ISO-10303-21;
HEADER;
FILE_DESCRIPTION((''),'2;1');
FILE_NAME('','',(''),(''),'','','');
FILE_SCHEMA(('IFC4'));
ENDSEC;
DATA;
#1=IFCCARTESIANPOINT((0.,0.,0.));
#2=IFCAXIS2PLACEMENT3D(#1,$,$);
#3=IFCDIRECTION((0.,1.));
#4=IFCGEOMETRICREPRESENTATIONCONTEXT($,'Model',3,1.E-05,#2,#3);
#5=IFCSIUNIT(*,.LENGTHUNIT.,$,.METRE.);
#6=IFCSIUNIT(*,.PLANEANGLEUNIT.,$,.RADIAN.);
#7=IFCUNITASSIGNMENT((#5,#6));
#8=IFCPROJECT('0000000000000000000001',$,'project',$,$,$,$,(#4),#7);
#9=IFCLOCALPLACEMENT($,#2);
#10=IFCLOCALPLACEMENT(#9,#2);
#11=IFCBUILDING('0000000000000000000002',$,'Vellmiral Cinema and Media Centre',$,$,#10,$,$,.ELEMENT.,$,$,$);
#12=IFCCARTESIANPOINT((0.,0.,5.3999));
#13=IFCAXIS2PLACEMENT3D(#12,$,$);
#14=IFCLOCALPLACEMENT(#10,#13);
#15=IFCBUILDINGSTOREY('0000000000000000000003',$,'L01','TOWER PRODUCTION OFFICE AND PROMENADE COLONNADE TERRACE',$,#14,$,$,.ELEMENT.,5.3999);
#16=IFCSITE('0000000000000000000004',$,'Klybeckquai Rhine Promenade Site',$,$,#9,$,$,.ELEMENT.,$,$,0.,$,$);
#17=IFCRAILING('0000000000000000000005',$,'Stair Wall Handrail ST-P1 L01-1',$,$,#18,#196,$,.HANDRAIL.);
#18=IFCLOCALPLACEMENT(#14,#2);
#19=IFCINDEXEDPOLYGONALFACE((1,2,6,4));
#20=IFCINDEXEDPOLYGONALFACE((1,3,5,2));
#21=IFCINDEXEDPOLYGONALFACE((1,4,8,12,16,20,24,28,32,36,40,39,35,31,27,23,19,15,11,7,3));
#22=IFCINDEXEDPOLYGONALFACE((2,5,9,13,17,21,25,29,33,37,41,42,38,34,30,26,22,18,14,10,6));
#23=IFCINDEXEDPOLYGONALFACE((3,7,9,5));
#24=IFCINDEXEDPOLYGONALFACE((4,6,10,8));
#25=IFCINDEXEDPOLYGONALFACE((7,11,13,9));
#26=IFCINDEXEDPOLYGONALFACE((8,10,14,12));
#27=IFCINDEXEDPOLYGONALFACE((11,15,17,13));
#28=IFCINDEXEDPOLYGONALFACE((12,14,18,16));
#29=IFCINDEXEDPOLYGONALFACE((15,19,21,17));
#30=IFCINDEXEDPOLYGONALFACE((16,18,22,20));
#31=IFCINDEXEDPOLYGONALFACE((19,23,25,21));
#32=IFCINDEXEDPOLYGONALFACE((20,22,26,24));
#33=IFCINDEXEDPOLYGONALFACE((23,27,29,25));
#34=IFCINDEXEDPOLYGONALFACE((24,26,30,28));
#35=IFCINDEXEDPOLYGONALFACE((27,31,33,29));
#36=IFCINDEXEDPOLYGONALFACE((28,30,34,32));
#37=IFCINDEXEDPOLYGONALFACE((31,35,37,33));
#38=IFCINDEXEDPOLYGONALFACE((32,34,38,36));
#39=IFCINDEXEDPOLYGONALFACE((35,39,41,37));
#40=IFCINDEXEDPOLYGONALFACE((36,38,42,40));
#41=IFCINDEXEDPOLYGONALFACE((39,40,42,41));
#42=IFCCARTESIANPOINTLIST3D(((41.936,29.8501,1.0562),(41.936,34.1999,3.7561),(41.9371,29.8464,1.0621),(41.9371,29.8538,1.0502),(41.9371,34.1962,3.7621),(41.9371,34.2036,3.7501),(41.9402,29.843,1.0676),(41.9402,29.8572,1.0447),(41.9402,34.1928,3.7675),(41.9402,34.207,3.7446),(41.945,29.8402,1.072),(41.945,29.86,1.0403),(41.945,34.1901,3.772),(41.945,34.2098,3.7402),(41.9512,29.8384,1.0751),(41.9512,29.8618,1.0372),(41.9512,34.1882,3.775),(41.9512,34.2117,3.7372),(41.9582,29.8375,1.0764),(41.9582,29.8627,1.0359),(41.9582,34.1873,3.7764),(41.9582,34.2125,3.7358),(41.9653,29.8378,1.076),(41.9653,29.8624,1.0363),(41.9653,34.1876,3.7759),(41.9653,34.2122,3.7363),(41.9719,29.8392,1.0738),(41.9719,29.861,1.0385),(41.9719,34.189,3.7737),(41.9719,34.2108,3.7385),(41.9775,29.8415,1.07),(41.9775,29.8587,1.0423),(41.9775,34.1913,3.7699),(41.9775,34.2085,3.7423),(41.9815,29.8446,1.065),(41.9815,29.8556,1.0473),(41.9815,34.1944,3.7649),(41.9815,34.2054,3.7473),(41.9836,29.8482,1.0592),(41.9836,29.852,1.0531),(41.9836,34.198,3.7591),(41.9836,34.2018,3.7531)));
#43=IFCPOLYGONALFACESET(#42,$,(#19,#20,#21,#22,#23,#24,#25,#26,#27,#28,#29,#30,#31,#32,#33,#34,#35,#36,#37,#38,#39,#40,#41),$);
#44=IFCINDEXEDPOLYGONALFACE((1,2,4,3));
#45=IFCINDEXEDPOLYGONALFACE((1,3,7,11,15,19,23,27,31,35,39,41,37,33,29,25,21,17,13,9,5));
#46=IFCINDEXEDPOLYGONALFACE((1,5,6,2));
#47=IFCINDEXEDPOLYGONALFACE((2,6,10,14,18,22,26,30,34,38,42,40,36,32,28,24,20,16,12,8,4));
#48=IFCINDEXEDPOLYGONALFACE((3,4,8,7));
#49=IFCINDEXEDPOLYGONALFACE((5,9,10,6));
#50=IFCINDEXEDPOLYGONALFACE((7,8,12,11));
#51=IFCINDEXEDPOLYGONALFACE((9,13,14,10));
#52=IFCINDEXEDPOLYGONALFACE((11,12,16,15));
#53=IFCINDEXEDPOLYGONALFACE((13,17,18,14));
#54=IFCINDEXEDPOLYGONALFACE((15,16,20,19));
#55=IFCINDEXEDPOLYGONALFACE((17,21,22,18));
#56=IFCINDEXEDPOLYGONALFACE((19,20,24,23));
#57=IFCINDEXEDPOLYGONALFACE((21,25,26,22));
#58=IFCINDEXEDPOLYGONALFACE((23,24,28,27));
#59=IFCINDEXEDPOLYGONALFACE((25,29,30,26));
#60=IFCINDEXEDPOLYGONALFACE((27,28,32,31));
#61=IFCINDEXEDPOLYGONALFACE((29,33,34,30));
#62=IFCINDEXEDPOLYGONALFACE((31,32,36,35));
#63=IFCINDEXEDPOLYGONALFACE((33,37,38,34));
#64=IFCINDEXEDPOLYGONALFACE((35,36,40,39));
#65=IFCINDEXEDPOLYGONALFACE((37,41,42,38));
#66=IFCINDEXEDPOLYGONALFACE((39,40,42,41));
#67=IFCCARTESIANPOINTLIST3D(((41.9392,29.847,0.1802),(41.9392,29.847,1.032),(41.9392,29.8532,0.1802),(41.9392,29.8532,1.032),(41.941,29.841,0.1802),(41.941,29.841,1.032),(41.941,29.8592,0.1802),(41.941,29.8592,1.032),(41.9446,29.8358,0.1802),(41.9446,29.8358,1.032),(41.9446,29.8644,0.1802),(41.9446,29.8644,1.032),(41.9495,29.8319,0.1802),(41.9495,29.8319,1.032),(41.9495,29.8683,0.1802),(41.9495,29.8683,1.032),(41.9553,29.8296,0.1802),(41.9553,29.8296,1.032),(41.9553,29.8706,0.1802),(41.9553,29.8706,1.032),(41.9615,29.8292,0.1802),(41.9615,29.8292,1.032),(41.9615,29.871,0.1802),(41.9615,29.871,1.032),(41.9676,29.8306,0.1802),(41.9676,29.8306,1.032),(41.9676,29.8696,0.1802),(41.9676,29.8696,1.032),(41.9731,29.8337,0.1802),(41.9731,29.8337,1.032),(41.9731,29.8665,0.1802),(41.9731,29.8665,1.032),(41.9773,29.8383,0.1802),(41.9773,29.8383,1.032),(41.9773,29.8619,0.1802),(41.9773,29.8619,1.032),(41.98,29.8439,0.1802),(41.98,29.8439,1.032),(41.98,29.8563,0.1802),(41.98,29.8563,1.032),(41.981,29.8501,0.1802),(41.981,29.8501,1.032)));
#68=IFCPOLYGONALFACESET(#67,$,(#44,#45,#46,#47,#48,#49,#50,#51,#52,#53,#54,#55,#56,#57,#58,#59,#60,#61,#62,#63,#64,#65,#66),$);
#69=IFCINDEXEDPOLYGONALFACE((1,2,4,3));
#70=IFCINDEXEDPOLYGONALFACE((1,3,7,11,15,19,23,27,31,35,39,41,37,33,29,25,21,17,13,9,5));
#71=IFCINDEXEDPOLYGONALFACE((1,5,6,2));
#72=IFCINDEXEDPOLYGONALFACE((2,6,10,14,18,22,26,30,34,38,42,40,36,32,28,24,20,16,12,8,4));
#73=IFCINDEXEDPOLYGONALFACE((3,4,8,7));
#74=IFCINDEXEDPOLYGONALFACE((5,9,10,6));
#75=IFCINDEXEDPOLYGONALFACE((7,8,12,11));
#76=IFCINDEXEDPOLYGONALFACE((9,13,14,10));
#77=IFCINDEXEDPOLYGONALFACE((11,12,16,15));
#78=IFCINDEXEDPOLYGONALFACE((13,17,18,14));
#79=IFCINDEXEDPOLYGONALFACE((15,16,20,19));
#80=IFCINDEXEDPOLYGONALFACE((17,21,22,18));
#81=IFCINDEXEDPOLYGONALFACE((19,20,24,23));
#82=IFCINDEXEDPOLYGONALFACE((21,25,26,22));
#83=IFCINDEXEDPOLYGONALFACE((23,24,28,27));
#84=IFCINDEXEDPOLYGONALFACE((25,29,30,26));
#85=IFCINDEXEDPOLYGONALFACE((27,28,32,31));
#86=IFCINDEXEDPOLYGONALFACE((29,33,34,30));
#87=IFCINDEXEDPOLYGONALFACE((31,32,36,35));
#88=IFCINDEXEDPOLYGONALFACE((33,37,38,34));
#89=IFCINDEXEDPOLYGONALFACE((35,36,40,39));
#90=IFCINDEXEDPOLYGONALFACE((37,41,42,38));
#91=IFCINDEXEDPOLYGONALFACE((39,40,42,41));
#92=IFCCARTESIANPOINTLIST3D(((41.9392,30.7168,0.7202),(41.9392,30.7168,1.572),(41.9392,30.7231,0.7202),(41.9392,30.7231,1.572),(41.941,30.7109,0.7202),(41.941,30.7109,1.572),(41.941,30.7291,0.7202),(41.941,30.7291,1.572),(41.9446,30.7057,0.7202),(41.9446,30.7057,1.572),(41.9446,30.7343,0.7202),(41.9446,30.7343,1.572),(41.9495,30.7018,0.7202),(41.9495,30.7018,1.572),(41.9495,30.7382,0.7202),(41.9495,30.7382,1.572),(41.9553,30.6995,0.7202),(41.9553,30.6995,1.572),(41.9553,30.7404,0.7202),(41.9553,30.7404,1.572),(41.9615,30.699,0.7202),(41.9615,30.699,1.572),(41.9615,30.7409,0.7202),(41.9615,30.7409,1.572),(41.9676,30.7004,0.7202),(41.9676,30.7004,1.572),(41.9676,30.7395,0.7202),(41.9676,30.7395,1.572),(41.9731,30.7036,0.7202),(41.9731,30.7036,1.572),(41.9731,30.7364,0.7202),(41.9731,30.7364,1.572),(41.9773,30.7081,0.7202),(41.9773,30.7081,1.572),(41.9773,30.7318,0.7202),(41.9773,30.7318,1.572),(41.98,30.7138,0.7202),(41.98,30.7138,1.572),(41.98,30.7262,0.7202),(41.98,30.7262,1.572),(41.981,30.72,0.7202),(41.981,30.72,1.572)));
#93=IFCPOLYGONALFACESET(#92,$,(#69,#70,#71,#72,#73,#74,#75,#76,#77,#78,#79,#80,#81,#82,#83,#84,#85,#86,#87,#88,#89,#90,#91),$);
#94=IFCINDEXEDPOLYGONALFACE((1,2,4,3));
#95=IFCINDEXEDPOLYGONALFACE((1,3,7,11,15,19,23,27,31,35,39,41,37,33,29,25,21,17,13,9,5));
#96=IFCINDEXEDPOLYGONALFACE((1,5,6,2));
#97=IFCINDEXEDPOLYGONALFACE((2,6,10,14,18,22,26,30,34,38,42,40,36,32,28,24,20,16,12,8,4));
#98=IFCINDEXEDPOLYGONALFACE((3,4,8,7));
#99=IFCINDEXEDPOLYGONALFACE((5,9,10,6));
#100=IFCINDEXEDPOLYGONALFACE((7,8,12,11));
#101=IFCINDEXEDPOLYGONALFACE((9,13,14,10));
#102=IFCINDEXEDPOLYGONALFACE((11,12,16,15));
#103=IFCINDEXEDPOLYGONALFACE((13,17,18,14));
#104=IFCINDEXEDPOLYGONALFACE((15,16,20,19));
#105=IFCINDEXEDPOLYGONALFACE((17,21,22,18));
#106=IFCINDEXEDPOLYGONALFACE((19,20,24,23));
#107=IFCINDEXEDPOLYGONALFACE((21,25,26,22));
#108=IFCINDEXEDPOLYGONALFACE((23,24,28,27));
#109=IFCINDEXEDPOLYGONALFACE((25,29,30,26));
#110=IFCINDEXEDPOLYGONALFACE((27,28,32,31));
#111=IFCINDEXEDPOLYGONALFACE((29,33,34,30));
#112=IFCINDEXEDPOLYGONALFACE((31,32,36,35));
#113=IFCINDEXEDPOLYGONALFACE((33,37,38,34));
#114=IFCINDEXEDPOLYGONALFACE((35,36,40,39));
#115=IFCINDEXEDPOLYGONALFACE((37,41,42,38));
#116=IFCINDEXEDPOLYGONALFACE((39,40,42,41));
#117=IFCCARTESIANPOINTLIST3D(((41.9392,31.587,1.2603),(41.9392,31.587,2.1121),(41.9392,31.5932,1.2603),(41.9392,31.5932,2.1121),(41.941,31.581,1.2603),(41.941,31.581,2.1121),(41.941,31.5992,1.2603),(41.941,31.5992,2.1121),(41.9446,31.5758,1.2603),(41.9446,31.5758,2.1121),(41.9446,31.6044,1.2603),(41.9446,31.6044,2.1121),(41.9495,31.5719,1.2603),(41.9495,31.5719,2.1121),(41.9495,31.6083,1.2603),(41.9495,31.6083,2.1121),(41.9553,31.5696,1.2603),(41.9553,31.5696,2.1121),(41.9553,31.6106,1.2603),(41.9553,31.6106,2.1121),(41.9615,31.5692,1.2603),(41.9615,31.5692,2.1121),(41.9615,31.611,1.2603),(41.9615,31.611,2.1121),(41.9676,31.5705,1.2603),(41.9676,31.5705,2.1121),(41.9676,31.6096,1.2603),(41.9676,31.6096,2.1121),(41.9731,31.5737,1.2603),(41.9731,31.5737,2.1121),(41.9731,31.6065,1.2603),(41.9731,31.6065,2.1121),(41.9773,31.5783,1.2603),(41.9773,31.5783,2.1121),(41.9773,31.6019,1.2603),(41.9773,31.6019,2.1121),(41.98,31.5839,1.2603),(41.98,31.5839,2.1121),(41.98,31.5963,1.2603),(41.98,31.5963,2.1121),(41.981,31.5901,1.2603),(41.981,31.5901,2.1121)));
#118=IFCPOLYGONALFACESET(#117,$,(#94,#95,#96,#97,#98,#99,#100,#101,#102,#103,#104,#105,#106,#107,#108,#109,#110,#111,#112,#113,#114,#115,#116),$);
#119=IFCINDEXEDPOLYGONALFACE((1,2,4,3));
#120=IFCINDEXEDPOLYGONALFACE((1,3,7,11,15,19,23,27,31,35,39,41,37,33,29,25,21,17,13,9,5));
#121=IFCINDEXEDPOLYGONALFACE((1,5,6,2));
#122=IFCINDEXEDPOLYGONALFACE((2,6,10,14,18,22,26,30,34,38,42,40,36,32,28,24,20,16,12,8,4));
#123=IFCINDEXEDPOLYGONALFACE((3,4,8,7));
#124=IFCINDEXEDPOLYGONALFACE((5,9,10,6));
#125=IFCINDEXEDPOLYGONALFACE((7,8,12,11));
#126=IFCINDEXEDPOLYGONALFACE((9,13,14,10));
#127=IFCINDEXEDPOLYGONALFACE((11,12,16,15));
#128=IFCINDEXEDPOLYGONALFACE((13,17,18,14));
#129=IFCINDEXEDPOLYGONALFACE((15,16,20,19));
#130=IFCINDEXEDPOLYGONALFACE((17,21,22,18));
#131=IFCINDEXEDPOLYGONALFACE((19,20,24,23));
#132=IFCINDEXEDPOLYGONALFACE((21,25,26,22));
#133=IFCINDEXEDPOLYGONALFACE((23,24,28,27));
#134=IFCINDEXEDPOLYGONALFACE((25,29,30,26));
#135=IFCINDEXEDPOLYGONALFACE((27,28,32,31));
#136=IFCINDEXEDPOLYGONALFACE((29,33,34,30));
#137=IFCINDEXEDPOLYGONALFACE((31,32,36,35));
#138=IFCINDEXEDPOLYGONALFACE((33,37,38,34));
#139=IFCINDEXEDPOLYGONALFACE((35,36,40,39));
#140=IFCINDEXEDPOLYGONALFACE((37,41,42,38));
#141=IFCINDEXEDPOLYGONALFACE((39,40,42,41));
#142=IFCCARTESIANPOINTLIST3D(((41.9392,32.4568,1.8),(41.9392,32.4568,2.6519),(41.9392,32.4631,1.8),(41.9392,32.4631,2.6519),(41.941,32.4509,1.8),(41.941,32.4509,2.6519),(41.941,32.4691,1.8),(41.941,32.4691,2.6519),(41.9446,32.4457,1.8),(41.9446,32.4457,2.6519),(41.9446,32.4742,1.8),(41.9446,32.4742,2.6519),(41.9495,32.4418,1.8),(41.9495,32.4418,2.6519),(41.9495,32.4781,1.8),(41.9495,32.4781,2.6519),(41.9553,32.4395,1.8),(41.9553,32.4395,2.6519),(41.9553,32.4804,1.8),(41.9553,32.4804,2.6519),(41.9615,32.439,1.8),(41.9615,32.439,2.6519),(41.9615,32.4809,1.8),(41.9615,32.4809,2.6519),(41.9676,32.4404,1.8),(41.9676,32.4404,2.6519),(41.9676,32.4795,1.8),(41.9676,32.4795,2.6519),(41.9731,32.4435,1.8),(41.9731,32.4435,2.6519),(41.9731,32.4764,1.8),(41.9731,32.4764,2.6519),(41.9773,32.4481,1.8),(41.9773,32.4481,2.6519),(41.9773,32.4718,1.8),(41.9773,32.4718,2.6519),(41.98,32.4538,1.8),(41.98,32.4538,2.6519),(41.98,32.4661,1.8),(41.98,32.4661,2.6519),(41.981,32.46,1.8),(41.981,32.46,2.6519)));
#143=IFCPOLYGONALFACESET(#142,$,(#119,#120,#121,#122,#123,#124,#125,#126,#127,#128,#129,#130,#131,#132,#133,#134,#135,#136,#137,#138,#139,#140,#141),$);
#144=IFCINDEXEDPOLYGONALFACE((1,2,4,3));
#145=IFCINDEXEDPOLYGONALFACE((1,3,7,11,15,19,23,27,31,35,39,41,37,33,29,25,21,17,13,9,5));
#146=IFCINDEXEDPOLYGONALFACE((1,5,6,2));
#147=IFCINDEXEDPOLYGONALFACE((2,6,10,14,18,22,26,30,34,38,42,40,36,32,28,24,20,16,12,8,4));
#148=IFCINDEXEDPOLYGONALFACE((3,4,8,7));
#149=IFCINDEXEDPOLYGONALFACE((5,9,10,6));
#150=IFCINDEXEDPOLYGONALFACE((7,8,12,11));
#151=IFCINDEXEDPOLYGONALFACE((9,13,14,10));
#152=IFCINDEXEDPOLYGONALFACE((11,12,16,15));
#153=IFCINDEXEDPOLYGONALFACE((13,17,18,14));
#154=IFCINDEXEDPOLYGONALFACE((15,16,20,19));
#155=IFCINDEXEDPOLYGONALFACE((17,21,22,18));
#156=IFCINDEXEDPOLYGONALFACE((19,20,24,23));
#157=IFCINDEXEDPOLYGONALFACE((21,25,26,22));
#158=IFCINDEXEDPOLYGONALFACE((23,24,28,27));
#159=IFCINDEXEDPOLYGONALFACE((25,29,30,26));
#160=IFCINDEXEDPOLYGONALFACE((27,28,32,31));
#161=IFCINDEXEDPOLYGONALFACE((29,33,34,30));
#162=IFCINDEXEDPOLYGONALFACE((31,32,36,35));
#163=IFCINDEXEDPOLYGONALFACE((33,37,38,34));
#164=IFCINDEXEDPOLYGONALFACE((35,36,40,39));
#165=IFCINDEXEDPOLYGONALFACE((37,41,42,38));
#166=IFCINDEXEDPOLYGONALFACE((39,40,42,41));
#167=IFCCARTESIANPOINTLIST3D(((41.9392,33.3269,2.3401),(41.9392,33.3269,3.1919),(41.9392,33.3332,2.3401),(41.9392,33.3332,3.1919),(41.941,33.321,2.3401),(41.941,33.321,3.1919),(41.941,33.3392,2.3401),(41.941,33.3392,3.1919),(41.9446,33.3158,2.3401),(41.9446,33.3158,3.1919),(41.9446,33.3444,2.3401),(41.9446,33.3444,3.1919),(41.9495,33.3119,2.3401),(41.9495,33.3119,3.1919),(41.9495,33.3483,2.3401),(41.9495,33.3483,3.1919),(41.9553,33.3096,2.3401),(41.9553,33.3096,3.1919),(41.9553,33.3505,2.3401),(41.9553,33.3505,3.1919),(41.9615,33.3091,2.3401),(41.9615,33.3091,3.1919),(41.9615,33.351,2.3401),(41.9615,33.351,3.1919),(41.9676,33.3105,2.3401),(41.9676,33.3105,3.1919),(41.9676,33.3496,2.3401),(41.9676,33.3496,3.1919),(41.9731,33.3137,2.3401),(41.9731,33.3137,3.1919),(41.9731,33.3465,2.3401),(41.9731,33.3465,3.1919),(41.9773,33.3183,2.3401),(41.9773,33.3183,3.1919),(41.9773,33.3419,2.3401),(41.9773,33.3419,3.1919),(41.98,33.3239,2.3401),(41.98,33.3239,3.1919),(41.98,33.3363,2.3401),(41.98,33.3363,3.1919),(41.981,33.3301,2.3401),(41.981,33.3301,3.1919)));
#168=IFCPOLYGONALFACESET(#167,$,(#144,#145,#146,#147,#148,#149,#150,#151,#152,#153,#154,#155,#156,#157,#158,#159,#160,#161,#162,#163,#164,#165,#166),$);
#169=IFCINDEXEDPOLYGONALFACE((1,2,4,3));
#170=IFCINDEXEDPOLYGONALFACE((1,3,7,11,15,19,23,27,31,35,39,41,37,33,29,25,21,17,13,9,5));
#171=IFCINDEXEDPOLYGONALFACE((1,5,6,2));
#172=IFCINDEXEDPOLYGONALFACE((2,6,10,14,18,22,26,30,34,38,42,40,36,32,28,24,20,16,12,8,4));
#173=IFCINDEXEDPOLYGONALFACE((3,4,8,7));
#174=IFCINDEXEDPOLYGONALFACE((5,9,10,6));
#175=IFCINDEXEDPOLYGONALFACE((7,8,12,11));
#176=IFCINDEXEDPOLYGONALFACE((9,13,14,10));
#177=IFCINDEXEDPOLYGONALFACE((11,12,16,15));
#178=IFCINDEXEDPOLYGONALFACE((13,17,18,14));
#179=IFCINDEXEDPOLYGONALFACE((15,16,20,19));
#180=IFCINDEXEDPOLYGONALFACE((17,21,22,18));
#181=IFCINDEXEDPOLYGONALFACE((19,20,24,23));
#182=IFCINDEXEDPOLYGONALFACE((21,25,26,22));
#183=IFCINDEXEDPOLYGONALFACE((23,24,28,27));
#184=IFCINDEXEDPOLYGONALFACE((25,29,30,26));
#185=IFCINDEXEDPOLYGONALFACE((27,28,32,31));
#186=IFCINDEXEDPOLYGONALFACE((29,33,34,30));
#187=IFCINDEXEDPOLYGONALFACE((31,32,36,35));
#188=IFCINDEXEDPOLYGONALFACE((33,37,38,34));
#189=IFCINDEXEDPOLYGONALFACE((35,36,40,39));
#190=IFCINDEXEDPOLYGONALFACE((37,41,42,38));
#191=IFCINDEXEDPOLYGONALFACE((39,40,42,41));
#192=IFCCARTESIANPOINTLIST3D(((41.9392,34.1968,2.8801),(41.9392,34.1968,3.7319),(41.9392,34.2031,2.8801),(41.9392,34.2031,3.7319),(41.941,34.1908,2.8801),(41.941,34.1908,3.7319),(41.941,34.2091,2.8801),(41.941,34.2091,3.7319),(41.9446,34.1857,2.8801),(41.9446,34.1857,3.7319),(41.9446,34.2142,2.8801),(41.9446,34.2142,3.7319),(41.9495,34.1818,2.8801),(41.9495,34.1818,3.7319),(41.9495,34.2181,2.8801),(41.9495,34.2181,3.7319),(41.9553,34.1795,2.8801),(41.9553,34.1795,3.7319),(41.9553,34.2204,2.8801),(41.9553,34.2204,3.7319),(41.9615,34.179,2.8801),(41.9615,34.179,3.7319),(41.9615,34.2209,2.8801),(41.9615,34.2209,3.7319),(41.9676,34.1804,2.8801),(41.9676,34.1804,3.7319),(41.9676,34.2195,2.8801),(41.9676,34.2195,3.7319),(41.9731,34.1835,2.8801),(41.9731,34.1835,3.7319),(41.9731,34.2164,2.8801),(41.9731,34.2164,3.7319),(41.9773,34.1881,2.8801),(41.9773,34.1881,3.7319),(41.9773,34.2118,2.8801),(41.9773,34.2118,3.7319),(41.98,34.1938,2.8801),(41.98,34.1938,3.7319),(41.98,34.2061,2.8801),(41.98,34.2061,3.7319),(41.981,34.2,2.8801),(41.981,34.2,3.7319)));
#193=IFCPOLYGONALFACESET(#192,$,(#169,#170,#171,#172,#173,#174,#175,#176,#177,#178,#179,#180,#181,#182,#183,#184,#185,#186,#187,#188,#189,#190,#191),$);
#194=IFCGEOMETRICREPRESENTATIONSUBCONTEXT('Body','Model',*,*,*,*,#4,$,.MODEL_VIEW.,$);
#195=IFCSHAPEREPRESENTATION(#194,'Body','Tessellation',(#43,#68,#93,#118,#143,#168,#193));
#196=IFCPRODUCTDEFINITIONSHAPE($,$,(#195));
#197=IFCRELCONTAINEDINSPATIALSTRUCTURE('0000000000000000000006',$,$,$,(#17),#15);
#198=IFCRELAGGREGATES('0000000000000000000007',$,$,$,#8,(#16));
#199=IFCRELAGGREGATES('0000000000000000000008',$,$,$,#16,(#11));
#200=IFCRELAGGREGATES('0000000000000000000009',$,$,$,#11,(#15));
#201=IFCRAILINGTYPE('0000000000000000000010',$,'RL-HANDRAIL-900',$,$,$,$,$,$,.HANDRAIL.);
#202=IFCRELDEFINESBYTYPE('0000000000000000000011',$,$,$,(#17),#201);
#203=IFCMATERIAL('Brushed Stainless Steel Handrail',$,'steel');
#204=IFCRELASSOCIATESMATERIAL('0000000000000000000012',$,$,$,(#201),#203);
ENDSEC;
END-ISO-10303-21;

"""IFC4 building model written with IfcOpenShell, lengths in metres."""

from ifc_helpers import new_model, si_unit, direction, frame, origin, origin_2d, place, context, subcontext, project, spatial, circle, extrude, material, type_object, element, save


model = new_model("IFC4")

# Units and contexts
model_context = context("Model", 3, precision=1e-05, world=origin(), true_north=direction((0.0, 1.0)))
body_context = subcontext(model_context, "Body", "Model", "MODEL_VIEW")
ifc_project = project(units=[si_unit("LENGTHUNIT", "METRE"), si_unit("PLANEANGLEUNIT", "RADIAN")], contexts=[model_context])

# Site, building, storey
site_placement = place(None, origin())
site = spatial("IfcSite", under=ifc_project, at=site_placement, Name="Klybeckquai Rhine Promenade Site", CompositionType="ELEMENT", RefElevation=0.0)
building_placement = place(site_placement, origin())
building = spatial("IfcBuilding", under=site, at=building_placement, Name="Vellmiral Cinema and Media Centre", CompositionType="ELEMENT")
storey_placement = place(building_placement, frame((0.0, 0.0, 5.3999)))
storey = spatial("IfcBuildingStorey", under=building, at=storey_placement, Name="L01", Description="TOWER PRODUCTION OFFICE AND PROMENADE COLONNADE TERRACE", CompositionType="ELEMENT", Elevation=5.3999)

# Railing
ifc_material_1 = material(Name="Brushed Stainless Steel Handrail", Category="steel")
railing_type_1 = type_object("IfcRailingType", Name="RL-HANDRAIL-900", PredefinedType="HANDRAIL", material=ifc_material_1)
railing_1_placement = place(storey_placement, frame((41.96, 29.8501, 0.1802)))
element("IfcRailing", 1, at=railing_1_placement, inside=storey, type_object=railing_type_1, Name="Stair Wall Handrail ST-P1 L01-1", PredefinedType="HANDRAIL", context=body_context, shape_type="SweptSolid", body=[
    extrude(circle(Radius=0.0239, at=origin_2d()), frame((0.0, 0.0, 0.876), z_axis=(0.0, 0.849636, 0.527369), x_axis=(-1.0, 0.0, 0.0)), (0.0, 0.0, 1.0), 5.1196),
    extrude(circle(Radius=0.021, at=origin_2d()), origin(), (0.0, 0.0, 1.0), 0.8518),
    extrude(circle(Radius=0.021, at=origin_2d()), frame((0.0, 0.8699, 0.54)), (0.0, 0.0, 1.0), 0.8518),
    extrude(circle(Radius=0.021, at=origin_2d()), frame((0.0, 1.74, 1.0801)), (0.0, 0.0, 1.0), 0.8518),
    extrude(circle(Radius=0.021, at=origin_2d()), frame((0.0, 2.6099, 1.6199)), (0.0, 0.0, 1.0), 0.8518),
    extrude(circle(Radius=0.021, at=origin_2d()), frame((0.0, 3.48, 2.1599)), (0.0, 0.0, 1.0), 0.8518),
    extrude(circle(Radius=0.021, at=origin_2d()), frame((0.0, 4.3499, 2.7)), (0.0, 0.0, 1.0), 0.8518),
])

save(model, "model.ifc")
